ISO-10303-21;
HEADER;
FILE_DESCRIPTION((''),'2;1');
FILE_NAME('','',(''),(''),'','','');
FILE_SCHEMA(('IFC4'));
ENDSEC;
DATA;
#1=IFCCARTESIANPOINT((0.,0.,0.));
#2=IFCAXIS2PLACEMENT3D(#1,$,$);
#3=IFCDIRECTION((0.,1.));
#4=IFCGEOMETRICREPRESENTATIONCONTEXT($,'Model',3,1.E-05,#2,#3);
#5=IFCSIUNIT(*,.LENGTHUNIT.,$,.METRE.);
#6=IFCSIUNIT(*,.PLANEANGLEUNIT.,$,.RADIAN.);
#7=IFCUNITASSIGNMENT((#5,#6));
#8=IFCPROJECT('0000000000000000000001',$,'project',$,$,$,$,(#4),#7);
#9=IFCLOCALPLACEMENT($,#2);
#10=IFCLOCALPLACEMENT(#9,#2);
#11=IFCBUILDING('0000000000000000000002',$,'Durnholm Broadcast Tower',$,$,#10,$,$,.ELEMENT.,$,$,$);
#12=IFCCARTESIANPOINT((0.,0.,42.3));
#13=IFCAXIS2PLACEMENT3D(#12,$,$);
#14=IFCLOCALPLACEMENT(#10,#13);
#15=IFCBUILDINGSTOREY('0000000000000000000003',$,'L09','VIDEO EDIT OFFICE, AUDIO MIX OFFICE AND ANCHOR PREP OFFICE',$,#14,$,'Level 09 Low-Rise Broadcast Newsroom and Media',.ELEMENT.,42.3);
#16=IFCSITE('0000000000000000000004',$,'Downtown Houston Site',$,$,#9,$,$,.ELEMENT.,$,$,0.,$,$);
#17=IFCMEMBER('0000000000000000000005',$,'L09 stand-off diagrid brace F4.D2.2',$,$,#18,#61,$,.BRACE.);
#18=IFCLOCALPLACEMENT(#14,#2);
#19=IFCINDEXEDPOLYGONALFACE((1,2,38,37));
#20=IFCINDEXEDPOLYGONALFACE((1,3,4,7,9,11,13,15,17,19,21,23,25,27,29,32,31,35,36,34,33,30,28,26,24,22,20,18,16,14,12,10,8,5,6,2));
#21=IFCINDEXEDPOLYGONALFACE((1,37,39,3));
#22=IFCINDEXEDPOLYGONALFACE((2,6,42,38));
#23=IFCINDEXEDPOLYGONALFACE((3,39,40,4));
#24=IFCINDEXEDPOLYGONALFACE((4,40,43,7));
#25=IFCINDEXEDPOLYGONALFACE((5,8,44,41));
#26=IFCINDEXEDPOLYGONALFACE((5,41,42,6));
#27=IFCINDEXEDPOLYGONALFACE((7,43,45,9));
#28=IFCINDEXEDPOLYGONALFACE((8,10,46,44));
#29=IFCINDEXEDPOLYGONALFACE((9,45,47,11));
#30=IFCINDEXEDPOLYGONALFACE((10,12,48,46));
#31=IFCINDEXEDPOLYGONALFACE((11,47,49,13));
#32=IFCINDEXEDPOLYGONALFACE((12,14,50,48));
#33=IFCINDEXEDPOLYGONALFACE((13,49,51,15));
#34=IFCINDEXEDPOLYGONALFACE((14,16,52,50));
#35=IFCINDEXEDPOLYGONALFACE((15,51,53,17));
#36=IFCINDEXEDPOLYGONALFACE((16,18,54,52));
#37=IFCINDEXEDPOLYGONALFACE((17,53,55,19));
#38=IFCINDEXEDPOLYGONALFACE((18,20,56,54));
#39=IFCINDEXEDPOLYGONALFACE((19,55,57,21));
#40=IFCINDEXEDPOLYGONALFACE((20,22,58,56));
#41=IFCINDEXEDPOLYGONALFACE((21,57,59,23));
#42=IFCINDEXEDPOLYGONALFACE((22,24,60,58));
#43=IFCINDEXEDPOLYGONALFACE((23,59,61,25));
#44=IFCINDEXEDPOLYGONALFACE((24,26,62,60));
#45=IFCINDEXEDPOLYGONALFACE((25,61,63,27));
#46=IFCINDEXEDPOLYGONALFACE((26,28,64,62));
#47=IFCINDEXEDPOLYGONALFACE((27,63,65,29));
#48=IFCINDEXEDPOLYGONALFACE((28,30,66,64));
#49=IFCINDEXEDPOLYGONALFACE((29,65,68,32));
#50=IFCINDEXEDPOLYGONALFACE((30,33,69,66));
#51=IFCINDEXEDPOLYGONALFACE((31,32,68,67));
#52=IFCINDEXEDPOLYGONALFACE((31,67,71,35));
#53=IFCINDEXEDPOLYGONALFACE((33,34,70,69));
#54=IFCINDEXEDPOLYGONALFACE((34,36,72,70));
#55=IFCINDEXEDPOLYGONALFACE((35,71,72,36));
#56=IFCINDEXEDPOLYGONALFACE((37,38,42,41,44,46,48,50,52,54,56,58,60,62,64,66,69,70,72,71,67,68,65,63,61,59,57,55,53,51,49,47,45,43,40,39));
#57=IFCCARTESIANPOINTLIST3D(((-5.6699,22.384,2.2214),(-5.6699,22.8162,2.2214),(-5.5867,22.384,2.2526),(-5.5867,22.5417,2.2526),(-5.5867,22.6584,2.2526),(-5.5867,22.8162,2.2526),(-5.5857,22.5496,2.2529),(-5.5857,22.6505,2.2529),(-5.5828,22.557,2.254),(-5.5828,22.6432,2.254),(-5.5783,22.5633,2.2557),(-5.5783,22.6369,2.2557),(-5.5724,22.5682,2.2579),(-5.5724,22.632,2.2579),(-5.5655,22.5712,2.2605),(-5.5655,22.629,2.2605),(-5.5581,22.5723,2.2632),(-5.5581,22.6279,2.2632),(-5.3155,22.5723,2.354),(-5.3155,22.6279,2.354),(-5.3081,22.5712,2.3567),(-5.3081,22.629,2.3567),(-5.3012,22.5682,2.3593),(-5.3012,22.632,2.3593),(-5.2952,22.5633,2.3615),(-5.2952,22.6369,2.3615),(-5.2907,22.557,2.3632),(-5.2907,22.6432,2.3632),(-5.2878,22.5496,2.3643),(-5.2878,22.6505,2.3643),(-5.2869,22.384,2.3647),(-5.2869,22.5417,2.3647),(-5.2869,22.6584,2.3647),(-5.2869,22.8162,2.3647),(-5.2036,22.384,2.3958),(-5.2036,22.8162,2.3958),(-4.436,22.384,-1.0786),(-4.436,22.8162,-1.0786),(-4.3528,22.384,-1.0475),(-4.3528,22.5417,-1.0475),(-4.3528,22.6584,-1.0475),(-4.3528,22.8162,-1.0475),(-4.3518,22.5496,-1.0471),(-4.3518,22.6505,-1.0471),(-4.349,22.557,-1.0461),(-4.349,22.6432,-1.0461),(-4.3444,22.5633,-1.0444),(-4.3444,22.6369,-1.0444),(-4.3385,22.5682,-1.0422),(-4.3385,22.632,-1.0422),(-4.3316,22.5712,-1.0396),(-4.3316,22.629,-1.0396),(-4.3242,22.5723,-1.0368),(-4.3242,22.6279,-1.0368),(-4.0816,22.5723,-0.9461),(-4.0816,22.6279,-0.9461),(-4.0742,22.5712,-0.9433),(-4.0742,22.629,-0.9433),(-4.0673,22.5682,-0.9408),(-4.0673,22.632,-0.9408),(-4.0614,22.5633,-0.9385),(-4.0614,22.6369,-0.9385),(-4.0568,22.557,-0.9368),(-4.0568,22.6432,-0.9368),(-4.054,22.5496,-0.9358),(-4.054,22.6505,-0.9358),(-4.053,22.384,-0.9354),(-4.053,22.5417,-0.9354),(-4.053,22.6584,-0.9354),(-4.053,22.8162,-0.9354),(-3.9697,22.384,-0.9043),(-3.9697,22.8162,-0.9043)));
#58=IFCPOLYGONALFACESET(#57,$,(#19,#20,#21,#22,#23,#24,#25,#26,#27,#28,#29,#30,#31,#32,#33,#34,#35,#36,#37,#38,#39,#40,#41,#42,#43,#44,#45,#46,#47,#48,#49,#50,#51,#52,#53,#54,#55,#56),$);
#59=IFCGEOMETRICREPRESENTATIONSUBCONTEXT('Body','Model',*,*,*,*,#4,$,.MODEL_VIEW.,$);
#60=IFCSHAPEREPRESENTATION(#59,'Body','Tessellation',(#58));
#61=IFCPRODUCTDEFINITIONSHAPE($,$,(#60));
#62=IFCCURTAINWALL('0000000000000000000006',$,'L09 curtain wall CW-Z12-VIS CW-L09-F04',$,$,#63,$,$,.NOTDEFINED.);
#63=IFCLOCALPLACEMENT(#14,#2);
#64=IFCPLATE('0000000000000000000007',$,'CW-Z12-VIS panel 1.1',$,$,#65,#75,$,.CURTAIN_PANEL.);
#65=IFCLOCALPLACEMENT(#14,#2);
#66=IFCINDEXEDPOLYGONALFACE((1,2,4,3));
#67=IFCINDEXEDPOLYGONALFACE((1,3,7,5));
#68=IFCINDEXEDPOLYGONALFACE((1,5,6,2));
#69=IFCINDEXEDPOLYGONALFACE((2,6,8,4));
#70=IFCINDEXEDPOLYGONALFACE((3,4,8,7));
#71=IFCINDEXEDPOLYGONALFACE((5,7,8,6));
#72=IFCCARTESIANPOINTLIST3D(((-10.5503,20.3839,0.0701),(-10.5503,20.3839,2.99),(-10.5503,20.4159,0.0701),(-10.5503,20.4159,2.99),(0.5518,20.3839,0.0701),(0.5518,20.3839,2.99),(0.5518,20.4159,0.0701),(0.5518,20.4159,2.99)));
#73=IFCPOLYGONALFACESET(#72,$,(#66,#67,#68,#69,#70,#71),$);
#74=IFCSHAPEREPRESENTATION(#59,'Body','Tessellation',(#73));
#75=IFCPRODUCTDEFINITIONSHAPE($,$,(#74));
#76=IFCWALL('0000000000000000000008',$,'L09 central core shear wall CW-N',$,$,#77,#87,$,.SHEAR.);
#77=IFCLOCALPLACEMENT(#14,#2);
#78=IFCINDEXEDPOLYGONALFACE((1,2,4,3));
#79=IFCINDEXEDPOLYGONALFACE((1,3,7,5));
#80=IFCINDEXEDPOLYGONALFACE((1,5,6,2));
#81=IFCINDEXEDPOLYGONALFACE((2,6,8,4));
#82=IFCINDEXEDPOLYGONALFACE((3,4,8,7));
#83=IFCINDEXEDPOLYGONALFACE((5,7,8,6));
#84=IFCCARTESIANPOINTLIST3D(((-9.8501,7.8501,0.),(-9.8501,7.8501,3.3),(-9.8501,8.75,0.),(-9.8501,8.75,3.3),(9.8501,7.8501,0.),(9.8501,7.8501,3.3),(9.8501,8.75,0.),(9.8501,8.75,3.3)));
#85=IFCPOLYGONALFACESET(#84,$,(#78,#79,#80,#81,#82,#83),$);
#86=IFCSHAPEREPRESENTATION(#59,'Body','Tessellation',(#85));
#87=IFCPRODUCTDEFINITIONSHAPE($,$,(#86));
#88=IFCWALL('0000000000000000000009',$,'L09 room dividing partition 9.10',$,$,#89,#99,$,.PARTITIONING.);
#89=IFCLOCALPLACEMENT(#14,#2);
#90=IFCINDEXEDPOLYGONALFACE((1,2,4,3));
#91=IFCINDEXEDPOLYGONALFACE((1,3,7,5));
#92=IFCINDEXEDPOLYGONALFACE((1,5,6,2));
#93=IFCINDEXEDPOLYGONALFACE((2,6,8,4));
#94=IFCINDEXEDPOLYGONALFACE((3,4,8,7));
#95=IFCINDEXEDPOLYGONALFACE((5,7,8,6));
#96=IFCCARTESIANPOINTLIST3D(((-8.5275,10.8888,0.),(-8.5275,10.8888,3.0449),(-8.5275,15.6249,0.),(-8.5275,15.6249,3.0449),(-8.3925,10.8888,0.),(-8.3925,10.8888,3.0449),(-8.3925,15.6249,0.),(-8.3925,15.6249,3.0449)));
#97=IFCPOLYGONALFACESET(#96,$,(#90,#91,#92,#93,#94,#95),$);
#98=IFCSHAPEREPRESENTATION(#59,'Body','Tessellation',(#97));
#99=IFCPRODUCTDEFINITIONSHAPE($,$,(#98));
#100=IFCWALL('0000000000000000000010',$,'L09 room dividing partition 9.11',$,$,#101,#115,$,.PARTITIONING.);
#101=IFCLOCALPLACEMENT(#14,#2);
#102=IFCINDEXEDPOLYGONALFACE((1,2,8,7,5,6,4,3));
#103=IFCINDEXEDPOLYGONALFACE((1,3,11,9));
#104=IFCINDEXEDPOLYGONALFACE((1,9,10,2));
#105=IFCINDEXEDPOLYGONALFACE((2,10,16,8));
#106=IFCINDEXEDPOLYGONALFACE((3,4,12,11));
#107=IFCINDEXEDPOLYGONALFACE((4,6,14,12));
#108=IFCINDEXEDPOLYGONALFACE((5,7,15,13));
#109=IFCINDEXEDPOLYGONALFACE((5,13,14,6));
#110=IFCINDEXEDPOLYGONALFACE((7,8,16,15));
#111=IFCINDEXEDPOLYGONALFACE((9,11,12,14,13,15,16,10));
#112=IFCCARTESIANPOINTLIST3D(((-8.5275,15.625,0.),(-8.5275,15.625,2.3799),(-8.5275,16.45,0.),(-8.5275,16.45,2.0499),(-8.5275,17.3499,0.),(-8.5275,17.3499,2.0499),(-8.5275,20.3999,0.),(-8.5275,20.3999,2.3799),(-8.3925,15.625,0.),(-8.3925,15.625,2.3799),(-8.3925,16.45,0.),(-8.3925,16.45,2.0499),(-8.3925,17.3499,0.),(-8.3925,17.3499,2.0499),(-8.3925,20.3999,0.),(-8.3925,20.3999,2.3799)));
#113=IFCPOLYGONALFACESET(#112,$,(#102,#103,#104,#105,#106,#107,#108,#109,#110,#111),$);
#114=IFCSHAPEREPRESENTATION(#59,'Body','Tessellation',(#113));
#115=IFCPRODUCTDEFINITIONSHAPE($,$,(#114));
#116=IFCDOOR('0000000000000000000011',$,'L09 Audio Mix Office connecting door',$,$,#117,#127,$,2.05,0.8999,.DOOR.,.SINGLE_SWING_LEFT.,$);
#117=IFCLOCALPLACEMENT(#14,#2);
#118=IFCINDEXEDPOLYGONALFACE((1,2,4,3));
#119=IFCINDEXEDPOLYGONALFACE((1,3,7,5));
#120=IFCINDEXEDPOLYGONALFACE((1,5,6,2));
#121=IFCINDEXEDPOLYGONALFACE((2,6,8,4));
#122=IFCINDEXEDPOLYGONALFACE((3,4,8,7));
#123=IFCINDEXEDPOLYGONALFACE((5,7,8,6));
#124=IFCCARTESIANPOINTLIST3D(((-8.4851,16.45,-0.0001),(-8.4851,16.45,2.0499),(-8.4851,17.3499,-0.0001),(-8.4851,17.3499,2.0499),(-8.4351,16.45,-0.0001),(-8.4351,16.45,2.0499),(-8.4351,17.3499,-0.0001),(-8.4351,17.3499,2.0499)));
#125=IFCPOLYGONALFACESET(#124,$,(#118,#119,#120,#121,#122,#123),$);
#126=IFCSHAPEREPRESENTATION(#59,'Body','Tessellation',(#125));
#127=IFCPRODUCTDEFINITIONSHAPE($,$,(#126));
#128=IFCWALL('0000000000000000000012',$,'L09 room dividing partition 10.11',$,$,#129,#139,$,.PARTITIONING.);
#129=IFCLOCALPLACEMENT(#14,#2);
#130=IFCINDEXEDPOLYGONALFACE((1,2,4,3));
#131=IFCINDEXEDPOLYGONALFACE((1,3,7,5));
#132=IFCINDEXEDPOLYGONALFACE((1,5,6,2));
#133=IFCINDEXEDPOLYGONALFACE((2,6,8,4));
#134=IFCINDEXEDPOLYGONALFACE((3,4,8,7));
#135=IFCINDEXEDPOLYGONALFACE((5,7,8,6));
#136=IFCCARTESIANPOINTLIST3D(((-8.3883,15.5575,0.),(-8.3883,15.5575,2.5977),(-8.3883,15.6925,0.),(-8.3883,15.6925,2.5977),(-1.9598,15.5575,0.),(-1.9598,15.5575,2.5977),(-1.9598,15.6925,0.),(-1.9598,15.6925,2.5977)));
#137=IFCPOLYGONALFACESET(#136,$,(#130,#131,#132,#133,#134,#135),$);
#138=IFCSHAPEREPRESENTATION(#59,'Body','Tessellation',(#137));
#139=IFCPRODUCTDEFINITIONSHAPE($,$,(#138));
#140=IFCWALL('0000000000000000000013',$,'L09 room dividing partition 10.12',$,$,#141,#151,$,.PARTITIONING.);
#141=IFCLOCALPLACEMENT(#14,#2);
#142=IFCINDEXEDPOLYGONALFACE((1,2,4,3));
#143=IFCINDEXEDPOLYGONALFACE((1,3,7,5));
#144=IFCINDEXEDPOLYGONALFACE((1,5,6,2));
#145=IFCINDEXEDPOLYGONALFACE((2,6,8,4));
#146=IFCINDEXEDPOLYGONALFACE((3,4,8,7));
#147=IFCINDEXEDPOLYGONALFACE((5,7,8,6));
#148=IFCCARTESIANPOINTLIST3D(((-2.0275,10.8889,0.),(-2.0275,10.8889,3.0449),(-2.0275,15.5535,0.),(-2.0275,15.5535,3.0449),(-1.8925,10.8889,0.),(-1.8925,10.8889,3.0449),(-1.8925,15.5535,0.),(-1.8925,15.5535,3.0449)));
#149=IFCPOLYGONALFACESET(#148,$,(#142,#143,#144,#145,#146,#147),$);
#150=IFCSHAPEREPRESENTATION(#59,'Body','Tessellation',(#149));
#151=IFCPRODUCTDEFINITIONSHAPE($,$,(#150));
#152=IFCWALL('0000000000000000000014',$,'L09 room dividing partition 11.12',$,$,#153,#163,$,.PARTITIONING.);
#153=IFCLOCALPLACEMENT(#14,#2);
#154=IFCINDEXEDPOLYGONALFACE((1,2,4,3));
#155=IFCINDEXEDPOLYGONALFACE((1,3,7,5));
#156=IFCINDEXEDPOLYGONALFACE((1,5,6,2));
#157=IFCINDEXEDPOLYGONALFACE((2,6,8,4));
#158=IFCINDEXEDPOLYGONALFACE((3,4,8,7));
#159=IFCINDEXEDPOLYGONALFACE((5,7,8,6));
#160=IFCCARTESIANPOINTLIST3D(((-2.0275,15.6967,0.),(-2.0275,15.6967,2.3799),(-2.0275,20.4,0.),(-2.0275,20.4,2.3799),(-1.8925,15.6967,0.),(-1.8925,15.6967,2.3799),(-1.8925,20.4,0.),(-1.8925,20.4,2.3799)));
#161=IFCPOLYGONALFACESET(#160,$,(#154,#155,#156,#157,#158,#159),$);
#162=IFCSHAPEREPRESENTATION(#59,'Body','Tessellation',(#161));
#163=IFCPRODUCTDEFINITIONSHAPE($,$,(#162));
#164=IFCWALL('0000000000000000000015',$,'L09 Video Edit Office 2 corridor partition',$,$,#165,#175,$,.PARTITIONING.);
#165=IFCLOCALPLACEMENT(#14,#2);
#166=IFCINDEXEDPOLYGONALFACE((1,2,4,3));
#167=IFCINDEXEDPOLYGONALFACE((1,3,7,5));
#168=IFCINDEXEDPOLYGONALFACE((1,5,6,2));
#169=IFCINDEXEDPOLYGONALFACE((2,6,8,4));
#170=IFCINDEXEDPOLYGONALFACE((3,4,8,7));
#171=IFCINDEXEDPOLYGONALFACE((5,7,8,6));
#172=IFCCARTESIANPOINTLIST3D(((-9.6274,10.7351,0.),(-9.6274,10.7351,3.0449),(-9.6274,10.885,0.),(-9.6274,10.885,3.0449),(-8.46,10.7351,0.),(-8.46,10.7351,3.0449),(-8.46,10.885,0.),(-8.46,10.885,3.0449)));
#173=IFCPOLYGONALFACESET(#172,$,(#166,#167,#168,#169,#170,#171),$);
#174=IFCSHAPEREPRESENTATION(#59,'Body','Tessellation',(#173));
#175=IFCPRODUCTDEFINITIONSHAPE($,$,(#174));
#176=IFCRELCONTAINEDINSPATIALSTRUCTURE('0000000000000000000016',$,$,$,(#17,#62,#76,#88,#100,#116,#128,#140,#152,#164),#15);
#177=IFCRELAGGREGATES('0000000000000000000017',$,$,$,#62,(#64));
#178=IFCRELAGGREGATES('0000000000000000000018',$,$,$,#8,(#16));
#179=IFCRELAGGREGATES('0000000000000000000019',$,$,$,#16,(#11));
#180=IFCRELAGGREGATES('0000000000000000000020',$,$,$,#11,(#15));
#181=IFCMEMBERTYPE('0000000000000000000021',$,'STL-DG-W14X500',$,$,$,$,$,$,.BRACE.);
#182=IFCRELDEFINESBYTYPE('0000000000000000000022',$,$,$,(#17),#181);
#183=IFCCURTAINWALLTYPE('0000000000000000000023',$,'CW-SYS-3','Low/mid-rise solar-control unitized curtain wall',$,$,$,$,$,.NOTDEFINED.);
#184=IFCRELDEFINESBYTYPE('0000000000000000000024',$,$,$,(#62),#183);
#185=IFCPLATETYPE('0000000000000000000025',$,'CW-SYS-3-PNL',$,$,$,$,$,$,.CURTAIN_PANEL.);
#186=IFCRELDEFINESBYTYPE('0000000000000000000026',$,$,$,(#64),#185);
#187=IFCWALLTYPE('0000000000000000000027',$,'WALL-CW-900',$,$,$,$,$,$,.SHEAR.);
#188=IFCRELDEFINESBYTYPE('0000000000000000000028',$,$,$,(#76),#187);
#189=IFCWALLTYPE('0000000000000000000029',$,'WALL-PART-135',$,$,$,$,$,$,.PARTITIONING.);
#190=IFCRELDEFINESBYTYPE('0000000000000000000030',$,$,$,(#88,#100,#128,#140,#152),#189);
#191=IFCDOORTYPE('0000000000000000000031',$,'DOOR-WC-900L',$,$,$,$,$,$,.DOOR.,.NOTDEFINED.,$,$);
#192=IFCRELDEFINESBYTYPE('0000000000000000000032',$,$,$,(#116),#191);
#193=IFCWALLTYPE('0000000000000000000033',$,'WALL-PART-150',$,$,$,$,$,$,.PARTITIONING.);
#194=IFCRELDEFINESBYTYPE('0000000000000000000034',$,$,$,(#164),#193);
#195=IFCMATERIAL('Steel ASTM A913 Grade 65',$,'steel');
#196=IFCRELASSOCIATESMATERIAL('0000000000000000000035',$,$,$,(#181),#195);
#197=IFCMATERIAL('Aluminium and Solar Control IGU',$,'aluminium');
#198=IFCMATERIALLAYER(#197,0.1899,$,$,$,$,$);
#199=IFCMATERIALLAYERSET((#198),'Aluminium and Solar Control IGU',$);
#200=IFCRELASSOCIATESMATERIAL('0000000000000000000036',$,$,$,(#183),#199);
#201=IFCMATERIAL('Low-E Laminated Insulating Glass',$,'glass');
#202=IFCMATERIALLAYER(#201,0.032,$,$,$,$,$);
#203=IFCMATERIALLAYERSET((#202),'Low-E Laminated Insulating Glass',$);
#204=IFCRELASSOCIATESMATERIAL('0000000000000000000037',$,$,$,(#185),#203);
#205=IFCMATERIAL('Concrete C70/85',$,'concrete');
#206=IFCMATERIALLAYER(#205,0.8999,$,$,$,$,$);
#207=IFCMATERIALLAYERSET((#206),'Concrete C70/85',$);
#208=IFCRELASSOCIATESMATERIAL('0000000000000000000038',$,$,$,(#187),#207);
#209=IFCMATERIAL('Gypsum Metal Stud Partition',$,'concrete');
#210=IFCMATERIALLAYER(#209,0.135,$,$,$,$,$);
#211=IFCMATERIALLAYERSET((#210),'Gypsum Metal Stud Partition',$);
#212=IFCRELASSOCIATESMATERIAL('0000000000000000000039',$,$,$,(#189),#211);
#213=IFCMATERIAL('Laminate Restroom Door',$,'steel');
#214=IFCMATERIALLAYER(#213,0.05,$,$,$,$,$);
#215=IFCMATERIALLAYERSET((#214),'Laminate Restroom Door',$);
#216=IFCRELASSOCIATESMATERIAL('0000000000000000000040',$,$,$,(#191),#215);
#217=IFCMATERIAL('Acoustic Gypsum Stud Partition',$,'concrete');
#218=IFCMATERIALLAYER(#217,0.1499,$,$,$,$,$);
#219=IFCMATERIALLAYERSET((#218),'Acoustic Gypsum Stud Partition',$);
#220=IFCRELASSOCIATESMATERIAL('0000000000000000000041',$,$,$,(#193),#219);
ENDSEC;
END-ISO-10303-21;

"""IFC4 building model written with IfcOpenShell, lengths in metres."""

from ifc_helpers import new_model, si_unit, direction, frame, frame_2d, origin, origin_2d, place, context, subcontext, project, spatial, rectangle, i_section, extrude, source, transform, mapped, material, layer, layer_set, material_profile, profile_set, type_object, type_shapes, element, fill, aggregate, save


model = new_model("IFC4")

# Units and contexts
model_context = context("Model", 3, precision=1e-05, world=origin(), true_north=direction((0.0, 1.0)))
body_context = subcontext(model_context, "Body", "Model", "MODEL_VIEW")
ifc_project = project(units=[si_unit("LENGTHUNIT", "METRE"), si_unit("PLANEANGLEUNIT", "RADIAN")], contexts=[model_context])

# Site, building, storey
site_placement = place(None, origin())
site = spatial("IfcSite", under=ifc_project, at=site_placement, Name="Downtown Houston Site", CompositionType="ELEMENT", RefElevation=0.0)
building_placement = place(site_placement, origin())
building = spatial("IfcBuilding", under=site, at=building_placement, Name="Durnholm Broadcast Tower", CompositionType="ELEMENT")
storey_placement = place(building_placement, frame((0.0, 0.0, 42.3)))
storey = spatial("IfcBuildingStorey", under=building, at=storey_placement, Name="L09", Description="VIDEO EDIT OFFICE, AUDIO MIX OFFICE AND ANCHOR PREP OFFICE", LongName="Level 09 Low-Rise Broadcast Newsroom and Media", CompositionType="ELEMENT", Elevation=42.3)

# Shared definitions
ifc_material_1 = material(Name="Concrete C70/85", Category="concrete")

# Member
ifc_material_2 = material(Name="Steel ASTM A913 Grade 65", Category="steel")
ifc_material_profile_1 = material_profile(ifc_material_2, i_section(OverallWidth=0.4321, OverallDepth=0.4978, WebThickness=0.0557, FlangeThickness=0.0889, FilletRadius=0.0305, at=origin_2d()), Name="W14X500")
ifc_profile_set_1 = profile_set([ifc_material_profile_1], Name="Steel ASTM A913 Grade 65")
member_type = type_object("IfcMemberType", Name="STL-DG-W14X500", PredefinedType="BRACE", material=ifc_profile_set_1)
shared_shape_1 = source(origin(), body_context, "Body", "SweptSolid", [
    extrude(i_section(OverallWidth=0.4321, OverallDepth=0.4978, WebThickness=0.0557, FlangeThickness=0.0889, FilletRadius=0.0305, at=origin_2d()), origin(), (0.0, 0.0, 1.0), 3.5232),
])
type_shapes(member_type, [shared_shape_1])
for number, where, z_axis, x_axis, name in (
    (1, (-4.2029, 22.6001, -0.9915), (-0.35022, 0.0, 0.936668), (0.0, -1.0, 0.0), "L09 stand-off diagrid brace F4.D2.2"),
):
    element("IfcMember", number, at=place(storey_placement, frame(where, z_axis=z_axis, x_axis=x_axis)), inside=storey, type_object=member_type, Name=name, PredefinedType="BRACE", context=body_context, shape_type="MappedRepresentation", body=[
        mapped(shared_shape_1, transform((0.0, 0.0, 0.0), x_axis=(1.0, 0.0, 0.0), y_axis=(0.0, 1.0, 0.0), z_axis=(0.0, 0.0, 1.0), scale=1.0)),
    ])

# Curtain wall, plate
ifc_material_3 = material(Name="Aluminium and Solar Control IGU", Category="aluminium")
ifc_layer_1 = layer(ifc_material_3, 0.1899)
ifc_layer_set_1 = layer_set([ifc_layer_1], Name="Aluminium and Solar Control IGU")
curtain_wall_type = type_object("IfcCurtainWallType", Name="CW-SYS-3", Description="Low/mid-rise solar-control unitized curtain wall", PredefinedType="NOTDEFINED", material=ifc_layer_set_1)
curtain_wall_placement = place(storey_placement, origin())
curtain_wall = element("IfcCurtainWall", 2, at=curtain_wall_placement, inside=storey, type_object=curtain_wall_type, Name="L09 curtain wall CW-Z12-VIS CW-L09-F04", PredefinedType="NOTDEFINED")
ifc_material_4 = material(Name="Low-E Laminated Insulating Glass", Category="glass")
ifc_layer_2 = layer(ifc_material_4, 0.032)
ifc_layer_set_2 = layer_set([ifc_layer_2], Name="Low-E Laminated Insulating Glass")
plate_type = type_object("IfcPlateType", Name="CW-SYS-3-PNL", PredefinedType="CURTAIN_PANEL", material=ifc_layer_set_2)
shared_shape_2 = source(origin(), body_context, "Body", "SweptSolid", [
    extrude(rectangle(XDim=11.1021, YDim=0.032, at=origin_2d()), origin(), (0.0, 0.0, 1.0), 2.9199),
])
type_shapes(plate_type, [shared_shape_2])
plate_placement = place(storey_placement, frame((-4.9993, 20.3999, 0.0701), z_axis=(0.0, 0.0, 1.0), x_axis=(1.0, 0.0, 0.0)))
plate = element("IfcPlate", 3, at=plate_placement, type_object=plate_type, Name="CW-Z12-VIS panel 1.1", PredefinedType="CURTAIN_PANEL", context=body_context, shape_type="MappedRepresentation", body=[
    mapped(shared_shape_2, transform((0.0, 0.0, 0.0), x_axis=(1.0, 0.0, 0.0), y_axis=(0.0, 1.0, 0.0), z_axis=(0.0, 0.0, 1.0), scale=1.0)),
])
aggregate(curtain_wall, [plate])

# Walls
ifc_layer_3 = layer(ifc_material_1, 0.8999)
ifc_layer_set_3 = layer_set([ifc_layer_3], Name="Concrete C70/85")
wall_type_1 = type_object("IfcWallType", Name="WALL-CW-900", PredefinedType="SHEAR", material=ifc_layer_set_3)
wall_1_placement = place(storey_placement, frame((-9.8501, 8.3, 0.0), z_axis=(0.0, 0.0, 1.0), x_axis=(1.0, 0.0, 0.0)))
element("IfcWall", 4, at=wall_1_placement, inside=storey, type_object=wall_type_1, Name="L09 central core shear wall CW-N", PredefinedType="SHEAR", context=body_context, shape_type="SweptSolid", body=[
    extrude(rectangle(XDim=19.7002, YDim=0.8999, at=frame_2d((9.8501, 0.0))), origin(), (0.0, 0.0, 1.0), 3.3),
])
ifc_material_5 = material(Name="Gypsum Metal Stud Partition", Category="concrete")
ifc_layer_4 = layer(ifc_material_5, 0.135)
ifc_layer_set_4 = layer_set([ifc_layer_4], Name="Gypsum Metal Stud Partition")
wall_type_2 = type_object("IfcWallType", Name="WALL-PART-135", PredefinedType="PARTITIONING", material=ifc_layer_set_4)
wall_2_placement = place(storey_placement, frame((-8.46, 15.625, 0.0), z_axis=(0.0, 0.0, 1.0), x_axis=(0.0, -1.0, 0.0)))
element("IfcWall", 5, at=wall_2_placement, inside=storey, type_object=wall_type_2, Name="L09 room dividing partition 9.10", PredefinedType="PARTITIONING", context=body_context, shape_type="SweptSolid", body=[
    extrude(rectangle(XDim=4.7361, YDim=0.135, at=frame_2d((2.3682, 0.0))), origin(), (0.0, 0.0, 1.0), 3.0449),
])

# Wall, opening, door
wall_3_placement = place(storey_placement, frame((-8.46, 20.3999, 0.0), z_axis=(0.0, 0.0, 1.0), x_axis=(0.0, -1.0, 0.0)))
wall_3 = element("IfcWall", 6, at=wall_3_placement, inside=storey, type_object=wall_type_2, Name="L09 room dividing partition 9.11", PredefinedType="PARTITIONING", context=body_context, shape_type="SweptSolid", body=[
    extrude(rectangle(XDim=4.7749, YDim=0.135, at=frame_2d((2.3875, 0.0))), origin(), (0.0, 0.0, 1.0), 2.3799),
])
opening_1_placement = place(wall_3_placement, frame((3.05, 0.0, 0.0)))
opening_1 = element("IfcOpeningElement", 7, at=opening_1_placement, cuts=wall_3, PredefinedType="OPENING", context=body_context, shape_type="SweptSolid", body=[
    extrude(rectangle(XDim=0.8999, YDim=2.05, at=frame_2d((0.45, 1.0249))), frame((0.0, 0.0776, 0.0), z_axis=(0.0, -1.0, 0.0), x_axis=(1.0, 0.0, 0.0)), (0.0, 0.0, 1.0), 0.155),
])
ifc_material_6 = material(Name="Laminate Restroom Door", Category="steel")
ifc_layer_5 = layer(ifc_material_6, 0.05)
ifc_layer_set_5 = layer_set([ifc_layer_5], Name="Laminate Restroom Door")
door_type_1 = type_object("IfcDoorType", Name="DOOR-WC-900L", OperationType="NOTDEFINED", PredefinedType="DOOR", material=ifc_layer_set_5)
shared_shape_3 = source(origin(), body_context, "Body", "SweptSolid", [
    extrude(rectangle(XDim=0.8999, YDim=2.05, at=frame_2d((0.45, 1.0249))), frame((0.0, 0.0249, 0.0), z_axis=(0.0, -1.0, 0.0), x_axis=(1.0, 0.0, 0.0)), (0.0, 0.0, 1.0), 0.05),
])
type_shapes(door_type_1, [shared_shape_3])
door_1_placement = place(opening_1_placement, origin())
door_1 = element("IfcDoor", 8, at=door_1_placement, inside=storey, type_object=door_type_1, Name="L09 Audio Mix Office connecting door", OperationType="SINGLE_SWING_LEFT", OverallHeight=2.05, OverallWidth=0.8999, PredefinedType="DOOR", context=body_context, shape_type="MappedRepresentation", body=[
    mapped(shared_shape_3, transform((0.0, 0.0, 0.0), x_axis=(1.0, 0.0, 0.0), y_axis=(0.0, 1.0, 0.0), z_axis=(0.0, 0.0, 1.0), scale=1.0)),
])
fill(opening_1, door_1)

# Walls
wall_4_placement = place(storey_placement, frame((-8.3884, 15.625, 0.0), z_axis=(0.0, 0.0, 1.0), x_axis=(1.0, 0.0, 0.0)))
element("IfcWall", 9, at=wall_4_placement, inside=storey, type_object=wall_type_2, Name="L09 room dividing partition 10.11", PredefinedType="PARTITIONING", context=body_context, shape_type="SweptSolid", body=[
    extrude(rectangle(XDim=6.4285, YDim=0.135, at=frame_2d((3.2144, 0.0))), origin(), (0.0, 0.0, 1.0), 2.5977),
])
wall_5_placement = place(storey_placement, frame((-1.96, 15.5535, 0.0), z_axis=(0.0, 0.0, 1.0), x_axis=(0.0, -1.0, 0.0)))
element("IfcWall", 10, at=wall_5_placement, inside=storey, type_object=wall_type_2, Name="L09 room dividing partition 10.12", PredefinedType="PARTITIONING", context=body_context, shape_type="SweptSolid", body=[
    extrude(rectangle(XDim=4.6646, YDim=0.135, at=frame_2d((2.3323, 0.0))), origin(), (0.0, 0.0, 1.0), 3.0449),
])
wall_6_placement = place(storey_placement, frame((-1.96, 20.3999, 0.0), z_axis=(0.0, 0.0, 1.0), x_axis=(0.0, -1.0, 0.0)))
element("IfcWall", 11, at=wall_6_placement, inside=storey, type_object=wall_type_2, Name="L09 room dividing partition 11.12", PredefinedType="PARTITIONING", context=body_context, shape_type="SweptSolid", body=[
    extrude(rectangle(XDim=4.7034, YDim=0.135, at=frame_2d((2.3516, 0.0))), origin(), (0.0, 0.0, 1.0), 2.3799),
])
ifc_material_7 = material(Name="Acoustic Gypsum Stud Partition", Category="concrete")
ifc_layer_6 = layer(ifc_material_7, 0.1499)
ifc_layer_set_6 = layer_set([ifc_layer_6], Name="Acoustic Gypsum Stud Partition")
wall_type_3 = type_object("IfcWallType", Name="WALL-PART-150", PredefinedType="PARTITIONING", material=ifc_layer_set_6)
wall_7_placement = place(storey_placement, frame((-8.46, 10.8101, 0.0), z_axis=(0.0, 0.0, 1.0), x_axis=(-1.0, 0.0, 0.0)))
element("IfcWall", 12, at=wall_7_placement, inside=storey, type_object=wall_type_3, Name="L09 Video Edit Office 2 corridor partition", PredefinedType="PARTITIONING", context=body_context, shape_type="SweptSolid", body=[
    extrude(rectangle(XDim=1.1675, YDim=0.1499, at=frame_2d((0.5837, 0.0))), origin(), (0.0, 0.0, 1.0), 3.0449),
])

save(model, "model.ifc")
